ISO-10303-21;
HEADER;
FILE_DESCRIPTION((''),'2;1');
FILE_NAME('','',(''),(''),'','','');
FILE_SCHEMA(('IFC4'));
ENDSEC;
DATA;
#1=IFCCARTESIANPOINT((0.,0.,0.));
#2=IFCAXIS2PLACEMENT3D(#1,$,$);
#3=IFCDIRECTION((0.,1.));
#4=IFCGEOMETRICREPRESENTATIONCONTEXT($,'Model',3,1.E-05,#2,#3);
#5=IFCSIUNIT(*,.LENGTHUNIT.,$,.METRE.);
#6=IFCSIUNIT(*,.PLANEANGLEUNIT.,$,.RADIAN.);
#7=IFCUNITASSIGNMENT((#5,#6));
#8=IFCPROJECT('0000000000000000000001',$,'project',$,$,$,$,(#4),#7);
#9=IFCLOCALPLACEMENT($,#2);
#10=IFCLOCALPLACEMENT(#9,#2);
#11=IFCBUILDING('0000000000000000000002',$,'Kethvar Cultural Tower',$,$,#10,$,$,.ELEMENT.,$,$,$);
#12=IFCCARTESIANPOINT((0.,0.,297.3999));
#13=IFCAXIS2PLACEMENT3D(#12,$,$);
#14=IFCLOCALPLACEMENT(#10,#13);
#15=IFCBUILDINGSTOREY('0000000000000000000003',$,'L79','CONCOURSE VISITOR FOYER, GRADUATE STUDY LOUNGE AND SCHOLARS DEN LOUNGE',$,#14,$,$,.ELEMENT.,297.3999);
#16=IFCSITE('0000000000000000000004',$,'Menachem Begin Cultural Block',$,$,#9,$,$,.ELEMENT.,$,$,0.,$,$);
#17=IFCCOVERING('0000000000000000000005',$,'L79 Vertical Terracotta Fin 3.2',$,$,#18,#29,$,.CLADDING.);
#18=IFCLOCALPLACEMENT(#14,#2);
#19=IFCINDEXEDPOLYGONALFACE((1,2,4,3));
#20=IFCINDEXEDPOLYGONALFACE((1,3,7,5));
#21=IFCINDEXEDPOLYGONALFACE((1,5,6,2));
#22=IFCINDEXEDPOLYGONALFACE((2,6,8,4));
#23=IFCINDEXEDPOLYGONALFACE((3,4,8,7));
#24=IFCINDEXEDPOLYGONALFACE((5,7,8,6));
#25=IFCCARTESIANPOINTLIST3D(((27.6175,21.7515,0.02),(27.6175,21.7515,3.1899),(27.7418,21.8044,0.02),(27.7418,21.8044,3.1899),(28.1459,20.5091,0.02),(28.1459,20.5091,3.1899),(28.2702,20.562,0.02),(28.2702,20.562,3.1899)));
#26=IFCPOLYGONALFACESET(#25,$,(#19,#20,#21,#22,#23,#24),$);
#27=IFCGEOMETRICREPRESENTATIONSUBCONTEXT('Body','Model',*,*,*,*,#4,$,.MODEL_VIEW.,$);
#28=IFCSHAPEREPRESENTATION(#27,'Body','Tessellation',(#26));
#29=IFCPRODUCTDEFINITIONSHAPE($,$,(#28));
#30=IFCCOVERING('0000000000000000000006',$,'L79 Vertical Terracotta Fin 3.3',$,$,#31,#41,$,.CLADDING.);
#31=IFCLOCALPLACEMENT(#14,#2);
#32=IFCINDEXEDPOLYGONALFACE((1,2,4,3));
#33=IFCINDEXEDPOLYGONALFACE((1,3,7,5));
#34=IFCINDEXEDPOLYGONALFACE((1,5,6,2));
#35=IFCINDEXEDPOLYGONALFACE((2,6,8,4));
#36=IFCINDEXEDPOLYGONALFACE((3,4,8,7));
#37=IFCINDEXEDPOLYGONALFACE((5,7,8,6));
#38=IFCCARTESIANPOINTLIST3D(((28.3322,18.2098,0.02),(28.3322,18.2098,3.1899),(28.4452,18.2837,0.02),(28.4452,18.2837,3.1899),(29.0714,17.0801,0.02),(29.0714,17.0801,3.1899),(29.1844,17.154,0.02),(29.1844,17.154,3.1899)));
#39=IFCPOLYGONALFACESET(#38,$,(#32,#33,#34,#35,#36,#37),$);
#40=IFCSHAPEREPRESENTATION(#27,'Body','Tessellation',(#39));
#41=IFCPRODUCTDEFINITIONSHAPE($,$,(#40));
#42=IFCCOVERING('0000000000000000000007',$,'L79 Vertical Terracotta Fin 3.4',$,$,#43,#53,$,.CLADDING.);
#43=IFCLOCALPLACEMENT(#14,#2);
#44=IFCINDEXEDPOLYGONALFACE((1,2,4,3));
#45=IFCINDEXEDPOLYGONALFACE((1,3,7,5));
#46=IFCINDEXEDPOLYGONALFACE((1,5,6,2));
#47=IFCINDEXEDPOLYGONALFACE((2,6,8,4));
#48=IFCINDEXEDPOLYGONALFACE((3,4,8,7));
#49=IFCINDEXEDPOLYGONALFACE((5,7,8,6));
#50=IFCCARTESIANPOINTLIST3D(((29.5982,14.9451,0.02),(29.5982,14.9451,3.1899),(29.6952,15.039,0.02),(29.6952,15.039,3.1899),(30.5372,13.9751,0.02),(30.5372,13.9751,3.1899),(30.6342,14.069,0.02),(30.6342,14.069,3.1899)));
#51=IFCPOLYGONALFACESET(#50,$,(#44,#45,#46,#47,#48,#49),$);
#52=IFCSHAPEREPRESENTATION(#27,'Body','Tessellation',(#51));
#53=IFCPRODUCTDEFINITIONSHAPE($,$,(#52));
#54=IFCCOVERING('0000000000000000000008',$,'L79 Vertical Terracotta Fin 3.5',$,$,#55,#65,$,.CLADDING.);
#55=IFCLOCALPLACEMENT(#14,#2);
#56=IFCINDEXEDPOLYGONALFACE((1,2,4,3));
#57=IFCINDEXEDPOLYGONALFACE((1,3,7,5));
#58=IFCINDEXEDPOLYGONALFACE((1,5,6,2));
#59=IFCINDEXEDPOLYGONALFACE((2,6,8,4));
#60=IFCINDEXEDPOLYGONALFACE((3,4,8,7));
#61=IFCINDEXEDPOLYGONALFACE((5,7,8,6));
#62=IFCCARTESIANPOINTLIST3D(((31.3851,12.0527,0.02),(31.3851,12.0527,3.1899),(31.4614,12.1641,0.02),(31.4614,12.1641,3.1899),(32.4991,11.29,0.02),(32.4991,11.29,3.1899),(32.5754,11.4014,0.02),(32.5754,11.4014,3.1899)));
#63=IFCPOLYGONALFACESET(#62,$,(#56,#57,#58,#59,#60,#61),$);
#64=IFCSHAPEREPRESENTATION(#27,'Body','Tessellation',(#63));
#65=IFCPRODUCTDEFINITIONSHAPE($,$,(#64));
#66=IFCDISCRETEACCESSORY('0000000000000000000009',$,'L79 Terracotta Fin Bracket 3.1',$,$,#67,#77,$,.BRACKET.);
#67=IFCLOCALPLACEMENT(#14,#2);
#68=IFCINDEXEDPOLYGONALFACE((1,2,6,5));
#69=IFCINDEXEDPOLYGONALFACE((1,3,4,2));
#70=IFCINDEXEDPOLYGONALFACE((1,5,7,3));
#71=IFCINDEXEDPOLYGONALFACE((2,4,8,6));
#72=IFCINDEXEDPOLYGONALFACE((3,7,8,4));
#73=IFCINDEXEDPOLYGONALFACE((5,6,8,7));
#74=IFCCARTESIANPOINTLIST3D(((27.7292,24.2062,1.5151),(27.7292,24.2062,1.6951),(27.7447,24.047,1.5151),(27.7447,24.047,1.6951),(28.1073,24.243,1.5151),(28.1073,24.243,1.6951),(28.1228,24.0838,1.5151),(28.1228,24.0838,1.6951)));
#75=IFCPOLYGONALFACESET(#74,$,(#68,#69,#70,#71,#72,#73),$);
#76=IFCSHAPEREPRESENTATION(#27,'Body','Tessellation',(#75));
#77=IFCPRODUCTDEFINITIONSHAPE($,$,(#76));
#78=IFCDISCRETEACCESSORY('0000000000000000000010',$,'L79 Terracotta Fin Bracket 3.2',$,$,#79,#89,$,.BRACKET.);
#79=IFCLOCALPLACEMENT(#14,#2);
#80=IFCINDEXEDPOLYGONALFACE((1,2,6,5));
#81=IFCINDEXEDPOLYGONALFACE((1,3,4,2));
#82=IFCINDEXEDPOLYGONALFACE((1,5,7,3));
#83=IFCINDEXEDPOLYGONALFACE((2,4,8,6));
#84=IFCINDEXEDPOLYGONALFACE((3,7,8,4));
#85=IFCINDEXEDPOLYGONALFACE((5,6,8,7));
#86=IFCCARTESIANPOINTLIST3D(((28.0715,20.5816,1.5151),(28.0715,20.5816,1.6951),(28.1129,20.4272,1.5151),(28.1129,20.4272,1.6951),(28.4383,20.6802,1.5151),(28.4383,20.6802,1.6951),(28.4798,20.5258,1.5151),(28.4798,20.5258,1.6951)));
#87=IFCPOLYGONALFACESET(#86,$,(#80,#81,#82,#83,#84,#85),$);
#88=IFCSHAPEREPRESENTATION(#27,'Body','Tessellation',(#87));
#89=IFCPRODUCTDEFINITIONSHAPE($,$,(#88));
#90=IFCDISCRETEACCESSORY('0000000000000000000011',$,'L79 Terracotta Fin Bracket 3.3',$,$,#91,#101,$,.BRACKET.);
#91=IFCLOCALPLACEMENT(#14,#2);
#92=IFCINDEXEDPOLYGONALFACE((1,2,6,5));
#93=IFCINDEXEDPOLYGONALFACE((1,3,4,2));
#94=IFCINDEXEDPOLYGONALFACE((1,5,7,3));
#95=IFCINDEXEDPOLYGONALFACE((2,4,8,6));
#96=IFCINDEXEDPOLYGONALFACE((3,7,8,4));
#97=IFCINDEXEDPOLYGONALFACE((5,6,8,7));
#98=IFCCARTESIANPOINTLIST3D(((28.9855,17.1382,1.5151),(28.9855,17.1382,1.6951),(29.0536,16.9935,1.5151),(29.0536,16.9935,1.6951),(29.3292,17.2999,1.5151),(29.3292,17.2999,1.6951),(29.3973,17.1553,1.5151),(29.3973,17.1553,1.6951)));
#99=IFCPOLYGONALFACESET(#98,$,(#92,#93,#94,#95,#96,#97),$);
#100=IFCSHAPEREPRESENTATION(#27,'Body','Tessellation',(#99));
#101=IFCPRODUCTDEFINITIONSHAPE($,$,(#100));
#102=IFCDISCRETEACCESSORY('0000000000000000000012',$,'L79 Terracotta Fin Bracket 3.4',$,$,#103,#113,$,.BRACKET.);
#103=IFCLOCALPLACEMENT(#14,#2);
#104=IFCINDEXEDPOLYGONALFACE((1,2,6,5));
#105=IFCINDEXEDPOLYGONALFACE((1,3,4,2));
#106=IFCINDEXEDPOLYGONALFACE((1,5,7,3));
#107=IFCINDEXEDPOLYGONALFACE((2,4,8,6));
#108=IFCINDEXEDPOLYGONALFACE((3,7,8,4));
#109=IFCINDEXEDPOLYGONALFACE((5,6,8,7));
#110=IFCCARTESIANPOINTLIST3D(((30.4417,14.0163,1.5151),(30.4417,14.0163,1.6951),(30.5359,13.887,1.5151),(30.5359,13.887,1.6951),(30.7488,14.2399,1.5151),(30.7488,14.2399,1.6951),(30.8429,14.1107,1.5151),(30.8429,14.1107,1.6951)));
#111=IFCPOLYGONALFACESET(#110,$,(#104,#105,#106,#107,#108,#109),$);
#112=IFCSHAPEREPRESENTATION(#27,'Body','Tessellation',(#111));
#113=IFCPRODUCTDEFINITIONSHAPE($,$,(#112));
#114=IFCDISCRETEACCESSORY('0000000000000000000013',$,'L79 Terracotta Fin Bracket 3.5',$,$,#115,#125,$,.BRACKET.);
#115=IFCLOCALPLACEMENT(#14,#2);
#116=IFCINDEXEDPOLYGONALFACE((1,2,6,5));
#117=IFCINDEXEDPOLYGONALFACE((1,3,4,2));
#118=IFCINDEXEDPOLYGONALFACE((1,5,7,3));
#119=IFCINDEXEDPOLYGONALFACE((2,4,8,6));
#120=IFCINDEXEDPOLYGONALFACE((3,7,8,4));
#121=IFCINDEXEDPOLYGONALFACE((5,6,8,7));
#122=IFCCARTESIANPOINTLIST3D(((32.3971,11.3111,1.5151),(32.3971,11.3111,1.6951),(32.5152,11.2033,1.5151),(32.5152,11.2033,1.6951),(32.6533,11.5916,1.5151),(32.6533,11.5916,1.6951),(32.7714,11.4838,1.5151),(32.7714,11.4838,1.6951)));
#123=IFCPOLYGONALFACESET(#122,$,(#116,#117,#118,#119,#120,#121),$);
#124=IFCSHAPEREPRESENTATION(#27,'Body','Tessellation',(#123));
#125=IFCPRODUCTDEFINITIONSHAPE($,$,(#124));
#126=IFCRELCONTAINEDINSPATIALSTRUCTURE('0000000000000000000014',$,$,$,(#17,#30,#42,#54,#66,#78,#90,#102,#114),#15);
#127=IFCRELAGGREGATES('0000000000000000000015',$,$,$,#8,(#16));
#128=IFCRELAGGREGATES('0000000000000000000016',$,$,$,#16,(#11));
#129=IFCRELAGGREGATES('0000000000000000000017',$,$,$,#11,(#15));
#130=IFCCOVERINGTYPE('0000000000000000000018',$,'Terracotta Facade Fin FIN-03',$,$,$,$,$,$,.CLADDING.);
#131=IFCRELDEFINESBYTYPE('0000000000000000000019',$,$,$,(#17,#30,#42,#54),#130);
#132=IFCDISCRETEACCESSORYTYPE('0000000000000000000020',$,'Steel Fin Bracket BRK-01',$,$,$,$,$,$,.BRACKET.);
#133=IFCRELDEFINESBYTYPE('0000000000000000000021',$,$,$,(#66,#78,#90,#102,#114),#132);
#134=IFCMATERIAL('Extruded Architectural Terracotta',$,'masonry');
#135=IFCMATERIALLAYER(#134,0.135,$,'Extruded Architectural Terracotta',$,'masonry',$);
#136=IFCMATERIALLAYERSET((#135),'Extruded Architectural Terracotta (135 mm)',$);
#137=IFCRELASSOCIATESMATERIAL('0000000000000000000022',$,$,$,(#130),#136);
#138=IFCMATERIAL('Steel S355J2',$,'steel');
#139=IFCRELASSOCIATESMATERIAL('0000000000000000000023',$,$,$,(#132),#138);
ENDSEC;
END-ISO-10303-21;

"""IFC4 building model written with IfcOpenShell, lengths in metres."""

from ifc_helpers import new_model, si_unit, direction, frame, origin, origin_2d, place, context, subcontext, project, spatial, rectangle, extrude, source, transform, mapped, material, layer, layer_set, type_object, element, save


model = new_model("IFC4")

# Units and contexts
model_context = context("Model", 3, precision=1e-05, world=origin(), true_north=direction((0.0, 1.0)))
body_context = subcontext(model_context, "Body", "Model", "MODEL_VIEW")
ifc_project = project(units=[si_unit("LENGTHUNIT", "METRE"), si_unit("PLANEANGLEUNIT", "RADIAN")], contexts=[model_context])

# Site, building, storey
site_placement = place(None, origin())
site = spatial("IfcSite", under=ifc_project, at=site_placement, Name="Menachem Begin Cultural Block", CompositionType="ELEMENT", RefElevation=0.0)
building_placement = place(site_placement, origin())
building = spatial("IfcBuilding", under=site, at=building_placement, Name="Kethvar Cultural Tower", CompositionType="ELEMENT")
storey_placement = place(building_placement, frame((0.0, 0.0, 297.3999)))
storey = spatial("IfcBuildingStorey", under=building, at=storey_placement, Name="L79", Description="CONCOURSE VISITOR FOYER, GRADUATE STUDY LOUNGE AND SCHOLARS DEN LOUNGE", CompositionType="ELEMENT", Elevation=297.3999)

# Shared definitions
ifc_material_1 = material(Name="Steel S355J2", Category="steel")

# Coverings
ifc_material_2 = material(Name="Extruded Architectural Terracotta", Category="masonry")
ifc_layer_1 = layer(ifc_material_2, 0.135, Name="Extruded Architectural Terracotta", Category="masonry")
ifc_layer_set_1 = layer_set([ifc_layer_1], Name="Extruded Architectural Terracotta (135 mm)")
covering_type = type_object("IfcCoveringType", Name="Terracotta Facade Fin FIN-03", PredefinedType="CLADDING", material=ifc_layer_set_1)
shared_shape_1 = source(origin(), body_context, "Body", "SweptSolid", [
    extrude(rectangle(XDim=1.3501, YDim=0.135, at=origin_2d()), origin(), (0.0, 0.0, 1.0), 3.1699),
])
for number, where, z_axis, x_axis, name in (
    (1, (27.9438, 21.1567, 0.02), (0.0, 0.0, 1.0), (-0.391374, 0.920232, 0.0), "L79 Vertical Terracotta Fin 3.2"),
    (2, (28.7583, 17.6819, 0.02), (0.0, 0.0, 1.0), (-0.547563, 0.836764, 0.0), "L79 Vertical Terracotta Fin 3.3"),
    (3, (30.1162, 14.5071, 0.02), (0.0, 0.0, 1.0), (-0.695537, 0.718491, 0.0), "L79 Vertical Terracotta Fin 3.4"),
    (4, (31.9802, 11.7271, 0.02), (0.0, 0.0, 1.0), (-0.825113, 0.564967, 0.0), "L79 Vertical Terracotta Fin 3.5"),
):
    element("IfcCovering", number, at=place(storey_placement, frame(where, z_axis=z_axis, x_axis=x_axis)), inside=storey, type_object=covering_type, Name=name, PredefinedType="CLADDING", context=body_context, shape_type="MappedRepresentation", body=[
        mapped(shared_shape_1, transform((0.0, 0.0, 0.0), scale=1.0)),
    ])

# Discrete accessories
discrete_accessory_type = type_object("IfcDiscreteAccessoryType", Name="Steel Fin Bracket BRK-01", PredefinedType="BRACKET", material=ifc_material_1)
shared_shape_2 = source(origin(), body_context, "Body", "SweptSolid", [
    extrude(rectangle(XDim=0.3799, YDim=0.1599, at=origin_2d()), origin(), (0.0, 0.0, 1.0), 0.1799),
])
for number, where, z_axis, x_axis, name in (
    (5, (27.926, 24.145, 1.5151), (0.0, 0.0, 1.0), (-0.995295, -0.096888, 0.0), "L79 Terracotta Fin Bracket 3.1"),
    (6, (28.2756, 20.5537, 1.5151), (0.0, 0.0, 1.0), (-0.965745, -0.259493, 0.0), "L79 Terracotta Fin Bracket 3.2"),
    (7, (29.1914, 17.1467, 1.5151), (0.0, 0.0, 1.0), (-0.904827, -0.425779, 0.0), "L79 Terracotta Fin Bracket 3.3"),
    (8, (30.6423, 14.0635, 1.5151), (0.0, 0.0, 1.0), (-0.808298, -0.588773, 0.0), "L79 Terracotta Fin Bracket 3.4"),
    (9, (32.5842, 11.3975, 1.5151), (0.0, 0.0, 1.0), (-0.674302, -0.738455, 0.0), "L79 Terracotta Fin Bracket 3.5"),
):
    element("IfcDiscreteAccessory", number, at=place(storey_placement, frame(where, z_axis=z_axis, x_axis=x_axis)), inside=storey, type_object=discrete_accessory_type, Name=name, PredefinedType="BRACKET", context=body_context, shape_type="MappedRepresentation", body=[
        mapped(shared_shape_2, transform((0.0, 0.0, 0.0), scale=1.0)),
    ])

save(model, "model.ifc")
